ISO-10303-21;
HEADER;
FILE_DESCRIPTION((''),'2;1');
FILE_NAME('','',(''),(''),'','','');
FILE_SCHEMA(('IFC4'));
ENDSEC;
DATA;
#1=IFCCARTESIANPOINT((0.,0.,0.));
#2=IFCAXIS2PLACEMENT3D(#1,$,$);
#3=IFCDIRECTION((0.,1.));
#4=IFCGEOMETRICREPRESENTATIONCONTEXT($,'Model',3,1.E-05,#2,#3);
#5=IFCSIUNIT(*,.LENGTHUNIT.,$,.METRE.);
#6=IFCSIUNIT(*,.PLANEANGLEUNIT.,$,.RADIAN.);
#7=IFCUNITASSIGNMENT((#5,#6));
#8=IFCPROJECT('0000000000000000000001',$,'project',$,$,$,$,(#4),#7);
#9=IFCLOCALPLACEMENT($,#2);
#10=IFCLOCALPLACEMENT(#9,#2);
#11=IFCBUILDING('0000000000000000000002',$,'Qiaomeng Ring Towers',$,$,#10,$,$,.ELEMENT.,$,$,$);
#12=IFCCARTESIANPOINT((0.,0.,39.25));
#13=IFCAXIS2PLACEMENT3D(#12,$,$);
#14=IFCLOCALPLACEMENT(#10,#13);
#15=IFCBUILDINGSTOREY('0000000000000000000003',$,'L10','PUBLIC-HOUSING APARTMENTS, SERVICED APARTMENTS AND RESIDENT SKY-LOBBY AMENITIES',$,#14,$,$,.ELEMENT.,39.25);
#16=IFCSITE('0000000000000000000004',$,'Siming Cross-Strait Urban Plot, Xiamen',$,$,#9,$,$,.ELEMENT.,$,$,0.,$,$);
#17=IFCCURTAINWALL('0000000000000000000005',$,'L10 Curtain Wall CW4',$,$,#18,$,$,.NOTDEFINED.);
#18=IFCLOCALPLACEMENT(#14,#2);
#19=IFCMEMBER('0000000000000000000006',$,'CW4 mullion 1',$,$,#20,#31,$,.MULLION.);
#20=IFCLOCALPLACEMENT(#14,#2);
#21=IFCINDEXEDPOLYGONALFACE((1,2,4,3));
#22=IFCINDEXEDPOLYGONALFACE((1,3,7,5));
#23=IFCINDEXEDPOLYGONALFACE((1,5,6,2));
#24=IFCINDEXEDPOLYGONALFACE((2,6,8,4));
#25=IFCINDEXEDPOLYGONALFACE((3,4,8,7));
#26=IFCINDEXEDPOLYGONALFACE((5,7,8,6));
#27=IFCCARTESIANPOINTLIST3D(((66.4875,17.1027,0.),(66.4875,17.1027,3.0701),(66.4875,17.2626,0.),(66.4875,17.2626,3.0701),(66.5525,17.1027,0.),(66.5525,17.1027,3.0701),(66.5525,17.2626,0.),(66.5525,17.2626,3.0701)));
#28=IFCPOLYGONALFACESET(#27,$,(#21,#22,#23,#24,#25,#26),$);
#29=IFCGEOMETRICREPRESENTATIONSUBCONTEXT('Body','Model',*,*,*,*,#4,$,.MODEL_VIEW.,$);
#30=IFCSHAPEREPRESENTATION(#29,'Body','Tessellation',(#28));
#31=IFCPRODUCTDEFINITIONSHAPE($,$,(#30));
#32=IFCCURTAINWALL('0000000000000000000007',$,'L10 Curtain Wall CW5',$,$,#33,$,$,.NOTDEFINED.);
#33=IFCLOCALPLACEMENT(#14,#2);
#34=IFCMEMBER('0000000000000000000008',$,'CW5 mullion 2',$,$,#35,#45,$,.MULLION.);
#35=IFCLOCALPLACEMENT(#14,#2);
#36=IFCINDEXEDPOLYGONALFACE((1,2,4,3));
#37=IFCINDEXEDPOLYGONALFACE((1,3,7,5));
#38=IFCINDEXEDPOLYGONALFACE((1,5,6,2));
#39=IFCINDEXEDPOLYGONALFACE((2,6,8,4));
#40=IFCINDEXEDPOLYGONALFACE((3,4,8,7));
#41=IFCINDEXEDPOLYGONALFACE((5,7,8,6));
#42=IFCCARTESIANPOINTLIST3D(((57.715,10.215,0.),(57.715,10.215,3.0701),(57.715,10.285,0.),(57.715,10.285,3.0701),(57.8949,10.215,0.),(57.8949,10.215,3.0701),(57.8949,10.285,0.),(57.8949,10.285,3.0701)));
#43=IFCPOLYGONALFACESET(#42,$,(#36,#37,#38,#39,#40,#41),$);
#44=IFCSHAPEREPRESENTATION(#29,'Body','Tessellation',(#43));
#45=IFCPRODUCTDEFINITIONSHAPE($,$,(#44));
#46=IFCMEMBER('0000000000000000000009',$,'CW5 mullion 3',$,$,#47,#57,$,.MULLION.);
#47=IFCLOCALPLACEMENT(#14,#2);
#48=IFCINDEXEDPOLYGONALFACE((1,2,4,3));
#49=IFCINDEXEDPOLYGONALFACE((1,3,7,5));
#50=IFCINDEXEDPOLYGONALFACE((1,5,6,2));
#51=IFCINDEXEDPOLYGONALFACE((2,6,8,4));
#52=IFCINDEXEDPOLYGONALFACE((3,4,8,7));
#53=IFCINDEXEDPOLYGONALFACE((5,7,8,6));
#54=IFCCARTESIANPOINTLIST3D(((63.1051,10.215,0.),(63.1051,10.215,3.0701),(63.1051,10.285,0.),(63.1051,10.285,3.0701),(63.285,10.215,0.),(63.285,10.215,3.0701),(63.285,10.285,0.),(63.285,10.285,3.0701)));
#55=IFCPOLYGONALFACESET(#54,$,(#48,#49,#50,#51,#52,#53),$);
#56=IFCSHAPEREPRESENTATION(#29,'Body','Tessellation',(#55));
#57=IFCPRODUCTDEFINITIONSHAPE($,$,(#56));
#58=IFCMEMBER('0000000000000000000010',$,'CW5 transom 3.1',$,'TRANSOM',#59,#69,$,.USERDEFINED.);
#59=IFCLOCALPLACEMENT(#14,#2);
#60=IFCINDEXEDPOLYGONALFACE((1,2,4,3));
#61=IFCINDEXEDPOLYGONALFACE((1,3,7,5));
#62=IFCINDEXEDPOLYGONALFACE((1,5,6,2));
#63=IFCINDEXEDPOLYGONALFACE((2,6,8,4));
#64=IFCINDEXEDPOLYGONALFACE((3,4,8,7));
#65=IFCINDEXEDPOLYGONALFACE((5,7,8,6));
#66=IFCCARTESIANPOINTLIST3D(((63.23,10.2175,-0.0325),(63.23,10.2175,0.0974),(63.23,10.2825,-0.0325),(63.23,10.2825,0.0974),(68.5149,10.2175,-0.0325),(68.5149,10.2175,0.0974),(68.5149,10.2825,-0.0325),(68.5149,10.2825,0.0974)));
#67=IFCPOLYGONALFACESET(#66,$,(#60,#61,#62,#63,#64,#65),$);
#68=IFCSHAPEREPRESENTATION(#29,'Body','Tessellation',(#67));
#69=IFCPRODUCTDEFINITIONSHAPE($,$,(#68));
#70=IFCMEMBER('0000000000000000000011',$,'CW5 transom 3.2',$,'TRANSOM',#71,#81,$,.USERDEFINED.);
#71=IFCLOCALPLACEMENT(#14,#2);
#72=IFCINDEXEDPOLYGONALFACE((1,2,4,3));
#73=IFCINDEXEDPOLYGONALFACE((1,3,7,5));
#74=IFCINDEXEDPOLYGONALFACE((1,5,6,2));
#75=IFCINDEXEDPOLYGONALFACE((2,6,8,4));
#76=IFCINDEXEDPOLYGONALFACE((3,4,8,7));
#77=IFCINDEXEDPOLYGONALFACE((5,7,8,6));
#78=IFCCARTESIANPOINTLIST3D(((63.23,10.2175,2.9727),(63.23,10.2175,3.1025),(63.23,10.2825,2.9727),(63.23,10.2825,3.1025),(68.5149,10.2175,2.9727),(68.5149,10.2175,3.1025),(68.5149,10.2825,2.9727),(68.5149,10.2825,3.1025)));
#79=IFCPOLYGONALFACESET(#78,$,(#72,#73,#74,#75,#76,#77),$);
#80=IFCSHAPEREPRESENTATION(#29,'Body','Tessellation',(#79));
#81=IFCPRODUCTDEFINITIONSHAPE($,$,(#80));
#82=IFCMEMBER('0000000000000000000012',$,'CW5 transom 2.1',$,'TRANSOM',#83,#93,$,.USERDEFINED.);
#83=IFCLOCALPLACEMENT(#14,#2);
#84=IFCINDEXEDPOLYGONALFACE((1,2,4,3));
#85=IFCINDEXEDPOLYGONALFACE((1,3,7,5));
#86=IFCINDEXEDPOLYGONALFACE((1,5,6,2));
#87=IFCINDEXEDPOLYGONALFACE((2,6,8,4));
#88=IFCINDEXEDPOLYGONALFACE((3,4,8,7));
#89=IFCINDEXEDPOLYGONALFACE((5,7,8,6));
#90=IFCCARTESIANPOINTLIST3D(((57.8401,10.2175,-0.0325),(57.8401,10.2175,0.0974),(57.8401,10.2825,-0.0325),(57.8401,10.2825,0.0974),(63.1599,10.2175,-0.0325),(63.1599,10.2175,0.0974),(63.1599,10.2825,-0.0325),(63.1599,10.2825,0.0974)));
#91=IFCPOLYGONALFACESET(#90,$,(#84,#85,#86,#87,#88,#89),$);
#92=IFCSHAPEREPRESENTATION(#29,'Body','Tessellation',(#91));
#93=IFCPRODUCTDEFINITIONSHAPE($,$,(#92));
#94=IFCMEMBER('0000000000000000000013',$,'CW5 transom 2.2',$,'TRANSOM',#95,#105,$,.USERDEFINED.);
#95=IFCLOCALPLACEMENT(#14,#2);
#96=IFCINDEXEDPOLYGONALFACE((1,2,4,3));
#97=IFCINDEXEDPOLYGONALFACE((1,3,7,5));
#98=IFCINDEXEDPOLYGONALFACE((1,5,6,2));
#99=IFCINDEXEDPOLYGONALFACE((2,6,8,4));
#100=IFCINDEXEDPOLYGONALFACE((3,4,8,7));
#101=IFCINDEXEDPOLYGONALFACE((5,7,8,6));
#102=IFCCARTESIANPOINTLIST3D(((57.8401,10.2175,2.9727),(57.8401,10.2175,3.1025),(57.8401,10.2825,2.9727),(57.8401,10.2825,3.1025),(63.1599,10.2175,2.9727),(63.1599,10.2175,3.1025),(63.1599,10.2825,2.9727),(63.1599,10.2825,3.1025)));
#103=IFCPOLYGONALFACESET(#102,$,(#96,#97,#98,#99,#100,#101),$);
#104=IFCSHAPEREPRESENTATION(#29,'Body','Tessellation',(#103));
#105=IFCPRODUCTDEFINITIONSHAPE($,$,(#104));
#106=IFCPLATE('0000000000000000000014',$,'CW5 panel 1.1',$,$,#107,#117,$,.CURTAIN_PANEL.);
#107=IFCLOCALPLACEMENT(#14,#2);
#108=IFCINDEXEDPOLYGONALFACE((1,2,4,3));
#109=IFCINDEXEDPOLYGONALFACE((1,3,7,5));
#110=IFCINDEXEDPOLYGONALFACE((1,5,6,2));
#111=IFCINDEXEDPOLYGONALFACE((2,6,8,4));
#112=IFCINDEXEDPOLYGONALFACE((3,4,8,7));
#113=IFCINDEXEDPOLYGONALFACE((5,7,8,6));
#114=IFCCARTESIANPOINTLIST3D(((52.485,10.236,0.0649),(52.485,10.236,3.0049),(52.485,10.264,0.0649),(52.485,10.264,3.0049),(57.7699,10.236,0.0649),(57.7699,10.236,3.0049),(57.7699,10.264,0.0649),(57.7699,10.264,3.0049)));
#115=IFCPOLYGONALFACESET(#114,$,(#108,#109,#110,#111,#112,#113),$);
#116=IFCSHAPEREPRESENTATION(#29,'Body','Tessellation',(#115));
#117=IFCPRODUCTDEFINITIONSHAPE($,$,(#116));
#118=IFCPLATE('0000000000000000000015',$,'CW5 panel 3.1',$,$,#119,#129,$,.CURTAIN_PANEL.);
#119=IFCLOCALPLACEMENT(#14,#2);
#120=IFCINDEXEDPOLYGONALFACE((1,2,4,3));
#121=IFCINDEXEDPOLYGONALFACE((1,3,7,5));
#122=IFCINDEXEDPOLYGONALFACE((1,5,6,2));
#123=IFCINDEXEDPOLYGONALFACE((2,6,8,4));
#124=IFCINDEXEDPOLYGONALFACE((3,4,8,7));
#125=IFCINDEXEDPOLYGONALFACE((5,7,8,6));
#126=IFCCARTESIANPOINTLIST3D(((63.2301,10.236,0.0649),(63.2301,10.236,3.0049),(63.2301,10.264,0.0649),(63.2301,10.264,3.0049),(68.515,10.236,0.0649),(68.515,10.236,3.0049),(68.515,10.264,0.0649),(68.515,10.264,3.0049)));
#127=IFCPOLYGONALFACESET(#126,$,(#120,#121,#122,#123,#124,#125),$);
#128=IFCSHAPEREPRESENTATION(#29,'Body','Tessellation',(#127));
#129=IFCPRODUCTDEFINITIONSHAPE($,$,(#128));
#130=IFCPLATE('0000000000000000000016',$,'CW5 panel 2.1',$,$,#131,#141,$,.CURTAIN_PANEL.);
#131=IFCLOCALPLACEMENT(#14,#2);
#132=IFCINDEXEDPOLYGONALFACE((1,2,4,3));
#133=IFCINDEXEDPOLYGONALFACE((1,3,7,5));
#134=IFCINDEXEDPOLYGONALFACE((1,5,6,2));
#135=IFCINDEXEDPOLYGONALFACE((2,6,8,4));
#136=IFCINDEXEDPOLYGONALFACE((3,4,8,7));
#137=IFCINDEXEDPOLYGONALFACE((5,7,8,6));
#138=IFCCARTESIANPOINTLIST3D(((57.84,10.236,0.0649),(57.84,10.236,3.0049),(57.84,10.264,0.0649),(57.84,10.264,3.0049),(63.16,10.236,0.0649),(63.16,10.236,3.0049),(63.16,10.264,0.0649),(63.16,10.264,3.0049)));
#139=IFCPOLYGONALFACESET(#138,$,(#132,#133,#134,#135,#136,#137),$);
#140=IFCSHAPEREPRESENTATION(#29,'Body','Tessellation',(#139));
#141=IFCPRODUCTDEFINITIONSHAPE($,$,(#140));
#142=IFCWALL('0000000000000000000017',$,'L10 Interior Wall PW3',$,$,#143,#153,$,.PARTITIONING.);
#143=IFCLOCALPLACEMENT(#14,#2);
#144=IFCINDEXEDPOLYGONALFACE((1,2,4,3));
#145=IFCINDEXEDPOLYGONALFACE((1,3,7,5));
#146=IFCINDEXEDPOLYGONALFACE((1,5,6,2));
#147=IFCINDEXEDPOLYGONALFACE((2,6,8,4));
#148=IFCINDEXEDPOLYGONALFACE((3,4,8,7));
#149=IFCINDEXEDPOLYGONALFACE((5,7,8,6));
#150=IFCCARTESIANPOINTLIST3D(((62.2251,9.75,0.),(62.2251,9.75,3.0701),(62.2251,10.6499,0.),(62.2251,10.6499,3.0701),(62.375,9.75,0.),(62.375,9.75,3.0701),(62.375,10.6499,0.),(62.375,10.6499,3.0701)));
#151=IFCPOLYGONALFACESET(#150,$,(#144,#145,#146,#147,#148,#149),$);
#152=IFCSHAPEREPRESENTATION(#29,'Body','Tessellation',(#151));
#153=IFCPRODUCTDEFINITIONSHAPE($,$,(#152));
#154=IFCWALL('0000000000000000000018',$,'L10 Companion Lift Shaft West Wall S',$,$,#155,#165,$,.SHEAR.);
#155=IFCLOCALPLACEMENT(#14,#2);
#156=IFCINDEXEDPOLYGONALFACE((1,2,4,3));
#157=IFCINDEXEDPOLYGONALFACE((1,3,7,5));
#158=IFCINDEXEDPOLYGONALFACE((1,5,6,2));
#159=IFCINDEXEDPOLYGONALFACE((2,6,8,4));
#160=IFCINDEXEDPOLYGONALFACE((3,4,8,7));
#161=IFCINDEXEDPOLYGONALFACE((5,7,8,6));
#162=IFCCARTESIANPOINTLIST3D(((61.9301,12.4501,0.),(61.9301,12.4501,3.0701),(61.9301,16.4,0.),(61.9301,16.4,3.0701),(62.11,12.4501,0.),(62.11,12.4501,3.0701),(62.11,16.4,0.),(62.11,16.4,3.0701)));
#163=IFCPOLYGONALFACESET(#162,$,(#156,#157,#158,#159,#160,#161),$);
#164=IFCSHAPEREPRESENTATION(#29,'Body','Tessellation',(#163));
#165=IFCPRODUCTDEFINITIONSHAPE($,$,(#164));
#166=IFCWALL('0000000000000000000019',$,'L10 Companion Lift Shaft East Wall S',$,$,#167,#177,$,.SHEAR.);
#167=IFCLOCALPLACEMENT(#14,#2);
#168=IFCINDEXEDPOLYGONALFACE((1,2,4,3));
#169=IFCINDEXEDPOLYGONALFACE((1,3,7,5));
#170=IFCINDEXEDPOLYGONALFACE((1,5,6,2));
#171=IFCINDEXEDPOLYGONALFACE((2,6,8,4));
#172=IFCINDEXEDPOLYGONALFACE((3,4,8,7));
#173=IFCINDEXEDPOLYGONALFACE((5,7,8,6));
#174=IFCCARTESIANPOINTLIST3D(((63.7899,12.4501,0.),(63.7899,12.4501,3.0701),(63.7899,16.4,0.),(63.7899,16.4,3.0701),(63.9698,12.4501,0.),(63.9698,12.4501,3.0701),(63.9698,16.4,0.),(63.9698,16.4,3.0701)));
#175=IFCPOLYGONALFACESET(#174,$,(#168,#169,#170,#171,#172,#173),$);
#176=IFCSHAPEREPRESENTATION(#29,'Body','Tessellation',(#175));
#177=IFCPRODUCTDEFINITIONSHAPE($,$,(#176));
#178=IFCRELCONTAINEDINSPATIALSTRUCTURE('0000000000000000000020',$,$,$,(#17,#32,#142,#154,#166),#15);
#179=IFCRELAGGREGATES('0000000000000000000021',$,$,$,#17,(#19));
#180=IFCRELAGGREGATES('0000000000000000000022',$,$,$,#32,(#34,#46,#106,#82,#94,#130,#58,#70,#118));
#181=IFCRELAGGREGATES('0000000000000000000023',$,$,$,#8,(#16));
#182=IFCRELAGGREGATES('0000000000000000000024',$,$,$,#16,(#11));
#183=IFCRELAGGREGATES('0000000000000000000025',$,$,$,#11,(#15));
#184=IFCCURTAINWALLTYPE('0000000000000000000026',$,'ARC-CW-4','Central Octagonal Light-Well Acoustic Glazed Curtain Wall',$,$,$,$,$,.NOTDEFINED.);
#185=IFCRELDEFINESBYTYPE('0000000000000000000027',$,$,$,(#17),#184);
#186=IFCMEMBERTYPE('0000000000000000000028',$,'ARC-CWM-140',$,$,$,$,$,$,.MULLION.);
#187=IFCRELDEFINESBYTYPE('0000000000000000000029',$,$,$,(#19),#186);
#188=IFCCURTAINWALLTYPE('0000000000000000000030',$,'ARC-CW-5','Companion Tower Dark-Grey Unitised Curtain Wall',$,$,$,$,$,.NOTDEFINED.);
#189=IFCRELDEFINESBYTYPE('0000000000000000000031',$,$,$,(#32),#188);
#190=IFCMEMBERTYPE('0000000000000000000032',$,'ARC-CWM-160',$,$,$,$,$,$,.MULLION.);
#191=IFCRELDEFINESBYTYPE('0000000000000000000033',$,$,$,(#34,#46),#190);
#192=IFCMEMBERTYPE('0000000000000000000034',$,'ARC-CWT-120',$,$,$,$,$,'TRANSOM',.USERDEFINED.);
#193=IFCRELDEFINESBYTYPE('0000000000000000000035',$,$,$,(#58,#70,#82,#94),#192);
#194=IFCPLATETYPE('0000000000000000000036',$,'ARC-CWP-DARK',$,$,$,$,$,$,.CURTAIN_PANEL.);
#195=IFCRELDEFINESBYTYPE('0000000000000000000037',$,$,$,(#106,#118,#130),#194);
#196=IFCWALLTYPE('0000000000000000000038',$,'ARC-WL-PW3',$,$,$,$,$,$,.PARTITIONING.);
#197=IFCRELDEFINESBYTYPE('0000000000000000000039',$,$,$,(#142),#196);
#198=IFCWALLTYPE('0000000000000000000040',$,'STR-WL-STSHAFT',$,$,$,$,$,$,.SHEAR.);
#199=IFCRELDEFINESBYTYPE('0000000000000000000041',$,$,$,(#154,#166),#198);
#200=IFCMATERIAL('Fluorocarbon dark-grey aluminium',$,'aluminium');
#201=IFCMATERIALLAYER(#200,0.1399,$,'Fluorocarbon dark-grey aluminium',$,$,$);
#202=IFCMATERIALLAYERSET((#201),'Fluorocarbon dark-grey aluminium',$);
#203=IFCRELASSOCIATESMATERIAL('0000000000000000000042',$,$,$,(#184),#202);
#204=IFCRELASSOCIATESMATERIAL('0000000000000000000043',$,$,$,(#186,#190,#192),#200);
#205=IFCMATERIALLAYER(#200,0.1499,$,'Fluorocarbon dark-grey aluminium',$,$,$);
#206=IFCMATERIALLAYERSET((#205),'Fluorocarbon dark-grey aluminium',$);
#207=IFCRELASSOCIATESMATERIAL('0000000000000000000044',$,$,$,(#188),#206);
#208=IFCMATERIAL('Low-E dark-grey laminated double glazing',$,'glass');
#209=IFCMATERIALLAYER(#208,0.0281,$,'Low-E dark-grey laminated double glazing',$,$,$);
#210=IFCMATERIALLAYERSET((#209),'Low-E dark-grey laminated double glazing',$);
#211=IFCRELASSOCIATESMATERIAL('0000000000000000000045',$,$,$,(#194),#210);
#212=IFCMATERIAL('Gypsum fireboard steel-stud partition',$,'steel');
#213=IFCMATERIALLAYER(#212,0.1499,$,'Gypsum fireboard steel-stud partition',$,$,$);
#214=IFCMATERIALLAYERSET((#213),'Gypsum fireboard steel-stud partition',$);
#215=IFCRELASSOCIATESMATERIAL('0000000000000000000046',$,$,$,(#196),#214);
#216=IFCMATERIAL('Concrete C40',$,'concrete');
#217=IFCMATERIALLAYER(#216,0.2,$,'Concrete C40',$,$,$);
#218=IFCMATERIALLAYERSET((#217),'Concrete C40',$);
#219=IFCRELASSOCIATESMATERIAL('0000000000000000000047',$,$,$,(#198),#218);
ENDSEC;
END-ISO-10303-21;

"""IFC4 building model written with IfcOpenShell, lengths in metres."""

from ifc_helpers import new_model, si_unit, direction, frame, frame_2d, origin, origin_2d, place, context, subcontext, project, spatial, rectangle, extrude, source, transform, mapped, material, layer, layer_set, material_profile, profile_set, type_object, element, aggregate, save


model = new_model("IFC4")

# Units and contexts
model_context = context("Model", 3, precision=1e-05, world=origin(), true_north=direction((0.0, 1.0)))
body_context = subcontext(model_context, "Body", "Model", "MODEL_VIEW")
ifc_project = project(units=[si_unit("LENGTHUNIT", "METRE"), si_unit("PLANEANGLEUNIT", "RADIAN")], contexts=[model_context])

# Site, building, storey
site_placement = place(None, origin())
site = spatial("IfcSite", under=ifc_project, at=site_placement, Name="Siming Cross-Strait Urban Plot, Xiamen", CompositionType="ELEMENT", RefElevation=0.0)
building_placement = place(site_placement, origin())
building = spatial("IfcBuilding", under=site, at=building_placement, Name="Qiaomeng Ring Towers", CompositionType="ELEMENT")
storey_placement = place(building_placement, frame((0.0, 0.0, 39.25)))
storey = spatial("IfcBuildingStorey", under=building, at=storey_placement, Name="L10", Description="PUBLIC-HOUSING APARTMENTS, SERVICED APARTMENTS AND RESIDENT SKY-LOBBY AMENITIES", CompositionType="ELEMENT", Elevation=39.25)

# Curtain wall, member
ifc_material_1 = material(Name="Fluorocarbon dark-grey aluminium", Category="aluminium")
ifc_layer_1 = layer(ifc_material_1, 0.1399, Name="Fluorocarbon dark-grey aluminium")
ifc_layer_set_1 = layer_set([ifc_layer_1], Name="Fluorocarbon dark-grey aluminium")
curtain_wall_type_1 = type_object("IfcCurtainWallType", Name="ARC-CW-4", Description="Central Octagonal Light-Well Acoustic Glazed Curtain Wall", PredefinedType="NOTDEFINED", material=ifc_layer_set_1)
curtain_wall_1_placement = place(storey_placement, origin())
curtain_wall_1 = element("IfcCurtainWall", 1, at=curtain_wall_1_placement, inside=storey, type_object=curtain_wall_type_1, Name="L10 Curtain Wall CW4", PredefinedType="NOTDEFINED")
ifc_material_profile_1 = material_profile(ifc_material_1, rectangle(XDim=0.0649, YDim=0.1599, at=origin_2d()), Name="ALU MULL 65x160")
ifc_profile_set_1 = profile_set([ifc_material_profile_1], Name="Fluorocarbon dark-grey aluminium")
member_type_1 = type_object("IfcMemberType", Name="ARC-CWM-140", PredefinedType="MULLION", material=ifc_profile_set_1)
shared_shape_1 = source(origin(), body_context, "Body", "SweptSolid", [
    extrude(rectangle(XDim=0.0649, YDim=0.1599, at=origin_2d()), origin(), (0.0, 0.0, 1.0), 3.0701),
])
member_1_placement = place(storey_placement, frame((66.52, 17.1826, 0.0), z_axis=(0.0, 0.0, 1.0), x_axis=(-1.0, 0.0, 0.0)))
member_1 = element("IfcMember", 2, at=member_1_placement, type_object=member_type_1, Name="CW4 mullion 1", PredefinedType="MULLION", context=body_context, shape_type="MappedRepresentation", body=[
    mapped(shared_shape_1, transform((0.0, 0.0, 0.0), x_axis=(1.0, 0.0, 0.0), y_axis=(0.0, 1.0, 0.0), z_axis=(0.0, 0.0, 1.0), scale=1.0)),
])
aggregate(curtain_wall_1, [member_1])

# Curtain wall, members, plates
ifc_layer_2 = layer(ifc_material_1, 0.1499, Name="Fluorocarbon dark-grey aluminium")
ifc_layer_set_2 = layer_set([ifc_layer_2], Name="Fluorocarbon dark-grey aluminium")
curtain_wall_type_2 = type_object("IfcCurtainWallType", Name="ARC-CW-5", Description="Companion Tower Dark-Grey Unitised Curtain Wall", PredefinedType="NOTDEFINED", material=ifc_layer_set_2)
curtain_wall_2_placement = place(storey_placement, origin())
curtain_wall_2 = element("IfcCurtainWall", 3, at=curtain_wall_2_placement, inside=storey, type_object=curtain_wall_type_2, Name="L10 Curtain Wall CW5", PredefinedType="NOTDEFINED")
ifc_material_profile_2 = material_profile(ifc_material_1, rectangle(XDim=0.0701, YDim=0.1799, at=origin_2d()), Name="ALU MULL 70x180")
ifc_profile_set_2 = profile_set([ifc_material_profile_2], Name="Fluorocarbon dark-grey aluminium")
member_type_2 = type_object("IfcMemberType", Name="ARC-CWM-160", PredefinedType="MULLION", material=ifc_profile_set_2)
shared_shape_2 = source(origin(), body_context, "Body", "SweptSolid", [
    extrude(rectangle(XDim=0.0701, YDim=0.1799, at=origin_2d()), origin(), (0.0, 0.0, 1.0), 3.0701),
])
member_2_placement = place(storey_placement, frame((57.8049, 10.25, 0.0), z_axis=(0.0, 0.0, 1.0), x_axis=(0.0, 1.0, 0.0)))
member_2 = element("IfcMember", 4, at=member_2_placement, type_object=member_type_2, Name="CW5 mullion 2", PredefinedType="MULLION", context=body_context, shape_type="MappedRepresentation", body=[
    mapped(shared_shape_2, transform((0.0, 0.0, 0.0), x_axis=(1.0, 0.0, 0.0), y_axis=(0.0, 1.0, 0.0), z_axis=(0.0, 0.0, 1.0), scale=1.0)),
])
member_3_placement = place(storey_placement, frame((63.1951, 10.25, 0.0), z_axis=(0.0, 0.0, 1.0), x_axis=(0.0, 1.0, 0.0)))
member_3 = element("IfcMember", 5, at=member_3_placement, type_object=member_type_2, Name="CW5 mullion 3", PredefinedType="MULLION", context=body_context, shape_type="MappedRepresentation", body=[
    mapped(shared_shape_2, transform((0.0, 0.0, 0.0), x_axis=(1.0, 0.0, 0.0), y_axis=(0.0, 1.0, 0.0), z_axis=(0.0, 0.0, 1.0), scale=1.0)),
])
ifc_material_profile_3 = material_profile(ifc_material_1, rectangle(XDim=0.0649, YDim=0.1299, at=origin_2d()), Name="ALU TRAN 65x130")
ifc_profile_set_3 = profile_set([ifc_material_profile_3], Name="Fluorocarbon dark-grey aluminium")
member_type_3 = type_object("IfcMemberType", Name="ARC-CWT-120", ElementType="TRANSOM", PredefinedType="USERDEFINED", material=ifc_profile_set_3)
shared_shape_3 = source(origin(), body_context, "Body", "SweptSolid", [
    extrude(rectangle(XDim=0.0649, YDim=0.1299, at=origin_2d()), origin(), (0.0, 0.0, 1.0), 5.2849),
])
member_4_placement = place(storey_placement, frame((63.23, 10.25, 0.0325), z_axis=(1.0, 0.0, 0.0), x_axis=(0.0, 1.0, 0.0)))
member_4 = element("IfcMember", 6, at=member_4_placement, type_object=member_type_3, Name="CW5 transom 3.1", ObjectType="TRANSOM", PredefinedType="USERDEFINED", context=body_context, shape_type="MappedRepresentation", body=[
    mapped(shared_shape_3, transform((0.0, 0.0, 0.0), x_axis=(1.0, 0.0, 0.0), y_axis=(0.0, 1.0, 0.0), z_axis=(0.0, 0.0, 1.0), scale=1.0)),
])
member_5_placement = place(storey_placement, frame((63.23, 10.25, 3.0376), z_axis=(1.0, 0.0, 0.0), x_axis=(0.0, 1.0, 0.0)))
member_5 = element("IfcMember", 7, at=member_5_placement, type_object=member_type_3, Name="CW5 transom 3.2", ObjectType="TRANSOM", PredefinedType="USERDEFINED", context=body_context, shape_type="MappedRepresentation", body=[
    mapped(shared_shape_3, transform((0.0, 0.0, 0.0), x_axis=(1.0, 0.0, 0.0), y_axis=(0.0, 1.0, 0.0), z_axis=(0.0, 0.0, 1.0), scale=1.0)),
])
shared_shape_4 = source(origin(), body_context, "Body", "SweptSolid", [
    extrude(rectangle(XDim=0.0649, YDim=0.1299, at=origin_2d()), origin(), (0.0, 0.0, 1.0), 5.3198),
])
member_6_placement = place(storey_placement, frame((57.8401, 10.25, 0.0325), z_axis=(1.0, 0.0, 0.0), x_axis=(0.0, 1.0, 0.0)))
member_6 = element("IfcMember", 8, at=member_6_placement, type_object=member_type_3, Name="CW5 transom 2.1", ObjectType="TRANSOM", PredefinedType="USERDEFINED", context=body_context, shape_type="MappedRepresentation", body=[
    mapped(shared_shape_4, transform((0.0, 0.0, 0.0), x_axis=(1.0, 0.0, 0.0), y_axis=(0.0, 1.0, 0.0), z_axis=(0.0, 0.0, 1.0), scale=1.0)),
])
member_7_placement = place(storey_placement, frame((57.8401, 10.25, 3.0376), z_axis=(1.0, 0.0, 0.0), x_axis=(0.0, 1.0, 0.0)))
member_7 = element("IfcMember", 9, at=member_7_placement, type_object=member_type_3, Name="CW5 transom 2.2", ObjectType="TRANSOM", PredefinedType="USERDEFINED", context=body_context, shape_type="MappedRepresentation", body=[
    mapped(shared_shape_4, transform((0.0, 0.0, 0.0), x_axis=(1.0, 0.0, 0.0), y_axis=(0.0, 1.0, 0.0), z_axis=(0.0, 0.0, 1.0), scale=1.0)),
])
ifc_material_2 = material(Name="Low-E dark-grey laminated double glazing", Category="glass")
ifc_layer_3 = layer(ifc_material_2, 0.0281, Name="Low-E dark-grey laminated double glazing")
ifc_layer_set_3 = layer_set([ifc_layer_3], Name="Low-E dark-grey laminated double glazing")
plate_type = type_object("IfcPlateType", Name="ARC-CWP-DARK", PredefinedType="CURTAIN_PANEL", material=ifc_layer_set_3)
shared_shape_5 = source(origin(), body_context, "Body", "SweptSolid", [
    extrude(rectangle(XDim=5.2849, YDim=0.0281, at=origin_2d()), origin(), (0.0, 0.0, 1.0), 2.9399),
])
plate_1_placement = place(storey_placement, frame((55.1274, 10.25, 0.0649), z_axis=(0.0, 0.0, 1.0), x_axis=(1.0, 0.0, 0.0)))
plate_1 = element("IfcPlate", 10, at=plate_1_placement, type_object=plate_type, Name="CW5 panel 1.1", PredefinedType="CURTAIN_PANEL", context=body_context, shape_type="MappedRepresentation", body=[
    mapped(shared_shape_5, transform((0.0, 0.0, 0.0), x_axis=(1.0, 0.0, 0.0), y_axis=(0.0, 1.0, 0.0), z_axis=(0.0, 0.0, 1.0), scale=1.0)),
])
plate_2_placement = place(storey_placement, frame((65.8726, 10.25, 0.0649), z_axis=(0.0, 0.0, 1.0), x_axis=(1.0, 0.0, 0.0)))
plate_2 = element("IfcPlate", 11, at=plate_2_placement, type_object=plate_type, Name="CW5 panel 3.1", PredefinedType="CURTAIN_PANEL", context=body_context, shape_type="MappedRepresentation", body=[
    mapped(shared_shape_5, transform((0.0, 0.0, 0.0), x_axis=(1.0, 0.0, 0.0), y_axis=(0.0, 1.0, 0.0), z_axis=(0.0, 0.0, 1.0), scale=1.0)),
])
shared_shape_6 = source(origin(), body_context, "Body", "SweptSolid", [
    extrude(rectangle(XDim=5.3201, YDim=0.0281, at=origin_2d()), origin(), (0.0, 0.0, 1.0), 2.9399),
])
plate_3_placement = place(storey_placement, frame((60.5, 10.25, 0.0649), z_axis=(0.0, 0.0, 1.0), x_axis=(1.0, 0.0, 0.0)))
plate_3 = element("IfcPlate", 12, at=plate_3_placement, type_object=plate_type, Name="CW5 panel 2.1", PredefinedType="CURTAIN_PANEL", context=body_context, shape_type="MappedRepresentation", body=[
    mapped(shared_shape_6, transform((0.0, 0.0, 0.0), x_axis=(1.0, 0.0, 0.0), y_axis=(0.0, 1.0, 0.0), z_axis=(0.0, 0.0, 1.0), scale=1.0)),
])
aggregate(curtain_wall_2, [member_2, member_3, plate_1, member_6, member_7, plate_3, member_4, member_5, plate_2])

# Walls
ifc_material_3 = material(Name="Gypsum fireboard steel-stud partition", Category="steel")
ifc_layer_4 = layer(ifc_material_3, 0.1499, Name="Gypsum fireboard steel-stud partition")
ifc_layer_set_4 = layer_set([ifc_layer_4], Name="Gypsum fireboard steel-stud partition")
wall_type_1 = type_object("IfcWallType", Name="ARC-WL-PW3", PredefinedType="PARTITIONING", material=ifc_layer_set_4)
wall_1_placement = place(storey_placement, frame((62.3, 9.75, 0.0), z_axis=(0.0, 0.0, 1.0), x_axis=(0.0, 1.0, 0.0)))
element("IfcWall", 13, at=wall_1_placement, inside=storey, type_object=wall_type_1, Name="L10 Interior Wall PW3", PredefinedType="PARTITIONING", context=body_context, shape_type="SweptSolid", body=[
    extrude(rectangle(XDim=0.8999, YDim=0.1499, at=frame_2d((0.45, 0.0))), origin(), (0.0, 0.0, 1.0), 3.0701),
])
ifc_material_4 = material(Name="Concrete C40", Category="concrete")
ifc_layer_5 = layer(ifc_material_4, 0.2, Name="Concrete C40")
ifc_layer_set_5 = layer_set([ifc_layer_5], Name="Concrete C40")
wall_type_2 = type_object("IfcWallType", Name="STR-WL-STSHAFT", PredefinedType="SHEAR", material=ifc_layer_set_5)
for number, where, z_axis, x_axis, name in (
    (14, (62.02, 12.45, 0.0), (0.0, 0.0, 1.0), (0.0, 1.0, 0.0), "L10 Companion Lift Shaft West Wall S"),
    (15, (63.8799, 12.45, 0.0), (0.0, 0.0, 1.0), (0.0, 1.0, 0.0), "L10 Companion Lift Shaft East Wall S"),
):
    element("IfcWall", number, at=place(storey_placement, frame(where, z_axis=z_axis, x_axis=x_axis)), inside=storey, type_object=wall_type_2, Name=name, PredefinedType="SHEAR", context=body_context, shape_type="SweptSolid", body=[
        extrude(rectangle(XDim=3.95, YDim=0.1799, at=frame_2d((1.9751, 0.0))), origin(), (0.0, 0.0, 1.0), 3.0701),
    ])

save(model, "model.ifc")
